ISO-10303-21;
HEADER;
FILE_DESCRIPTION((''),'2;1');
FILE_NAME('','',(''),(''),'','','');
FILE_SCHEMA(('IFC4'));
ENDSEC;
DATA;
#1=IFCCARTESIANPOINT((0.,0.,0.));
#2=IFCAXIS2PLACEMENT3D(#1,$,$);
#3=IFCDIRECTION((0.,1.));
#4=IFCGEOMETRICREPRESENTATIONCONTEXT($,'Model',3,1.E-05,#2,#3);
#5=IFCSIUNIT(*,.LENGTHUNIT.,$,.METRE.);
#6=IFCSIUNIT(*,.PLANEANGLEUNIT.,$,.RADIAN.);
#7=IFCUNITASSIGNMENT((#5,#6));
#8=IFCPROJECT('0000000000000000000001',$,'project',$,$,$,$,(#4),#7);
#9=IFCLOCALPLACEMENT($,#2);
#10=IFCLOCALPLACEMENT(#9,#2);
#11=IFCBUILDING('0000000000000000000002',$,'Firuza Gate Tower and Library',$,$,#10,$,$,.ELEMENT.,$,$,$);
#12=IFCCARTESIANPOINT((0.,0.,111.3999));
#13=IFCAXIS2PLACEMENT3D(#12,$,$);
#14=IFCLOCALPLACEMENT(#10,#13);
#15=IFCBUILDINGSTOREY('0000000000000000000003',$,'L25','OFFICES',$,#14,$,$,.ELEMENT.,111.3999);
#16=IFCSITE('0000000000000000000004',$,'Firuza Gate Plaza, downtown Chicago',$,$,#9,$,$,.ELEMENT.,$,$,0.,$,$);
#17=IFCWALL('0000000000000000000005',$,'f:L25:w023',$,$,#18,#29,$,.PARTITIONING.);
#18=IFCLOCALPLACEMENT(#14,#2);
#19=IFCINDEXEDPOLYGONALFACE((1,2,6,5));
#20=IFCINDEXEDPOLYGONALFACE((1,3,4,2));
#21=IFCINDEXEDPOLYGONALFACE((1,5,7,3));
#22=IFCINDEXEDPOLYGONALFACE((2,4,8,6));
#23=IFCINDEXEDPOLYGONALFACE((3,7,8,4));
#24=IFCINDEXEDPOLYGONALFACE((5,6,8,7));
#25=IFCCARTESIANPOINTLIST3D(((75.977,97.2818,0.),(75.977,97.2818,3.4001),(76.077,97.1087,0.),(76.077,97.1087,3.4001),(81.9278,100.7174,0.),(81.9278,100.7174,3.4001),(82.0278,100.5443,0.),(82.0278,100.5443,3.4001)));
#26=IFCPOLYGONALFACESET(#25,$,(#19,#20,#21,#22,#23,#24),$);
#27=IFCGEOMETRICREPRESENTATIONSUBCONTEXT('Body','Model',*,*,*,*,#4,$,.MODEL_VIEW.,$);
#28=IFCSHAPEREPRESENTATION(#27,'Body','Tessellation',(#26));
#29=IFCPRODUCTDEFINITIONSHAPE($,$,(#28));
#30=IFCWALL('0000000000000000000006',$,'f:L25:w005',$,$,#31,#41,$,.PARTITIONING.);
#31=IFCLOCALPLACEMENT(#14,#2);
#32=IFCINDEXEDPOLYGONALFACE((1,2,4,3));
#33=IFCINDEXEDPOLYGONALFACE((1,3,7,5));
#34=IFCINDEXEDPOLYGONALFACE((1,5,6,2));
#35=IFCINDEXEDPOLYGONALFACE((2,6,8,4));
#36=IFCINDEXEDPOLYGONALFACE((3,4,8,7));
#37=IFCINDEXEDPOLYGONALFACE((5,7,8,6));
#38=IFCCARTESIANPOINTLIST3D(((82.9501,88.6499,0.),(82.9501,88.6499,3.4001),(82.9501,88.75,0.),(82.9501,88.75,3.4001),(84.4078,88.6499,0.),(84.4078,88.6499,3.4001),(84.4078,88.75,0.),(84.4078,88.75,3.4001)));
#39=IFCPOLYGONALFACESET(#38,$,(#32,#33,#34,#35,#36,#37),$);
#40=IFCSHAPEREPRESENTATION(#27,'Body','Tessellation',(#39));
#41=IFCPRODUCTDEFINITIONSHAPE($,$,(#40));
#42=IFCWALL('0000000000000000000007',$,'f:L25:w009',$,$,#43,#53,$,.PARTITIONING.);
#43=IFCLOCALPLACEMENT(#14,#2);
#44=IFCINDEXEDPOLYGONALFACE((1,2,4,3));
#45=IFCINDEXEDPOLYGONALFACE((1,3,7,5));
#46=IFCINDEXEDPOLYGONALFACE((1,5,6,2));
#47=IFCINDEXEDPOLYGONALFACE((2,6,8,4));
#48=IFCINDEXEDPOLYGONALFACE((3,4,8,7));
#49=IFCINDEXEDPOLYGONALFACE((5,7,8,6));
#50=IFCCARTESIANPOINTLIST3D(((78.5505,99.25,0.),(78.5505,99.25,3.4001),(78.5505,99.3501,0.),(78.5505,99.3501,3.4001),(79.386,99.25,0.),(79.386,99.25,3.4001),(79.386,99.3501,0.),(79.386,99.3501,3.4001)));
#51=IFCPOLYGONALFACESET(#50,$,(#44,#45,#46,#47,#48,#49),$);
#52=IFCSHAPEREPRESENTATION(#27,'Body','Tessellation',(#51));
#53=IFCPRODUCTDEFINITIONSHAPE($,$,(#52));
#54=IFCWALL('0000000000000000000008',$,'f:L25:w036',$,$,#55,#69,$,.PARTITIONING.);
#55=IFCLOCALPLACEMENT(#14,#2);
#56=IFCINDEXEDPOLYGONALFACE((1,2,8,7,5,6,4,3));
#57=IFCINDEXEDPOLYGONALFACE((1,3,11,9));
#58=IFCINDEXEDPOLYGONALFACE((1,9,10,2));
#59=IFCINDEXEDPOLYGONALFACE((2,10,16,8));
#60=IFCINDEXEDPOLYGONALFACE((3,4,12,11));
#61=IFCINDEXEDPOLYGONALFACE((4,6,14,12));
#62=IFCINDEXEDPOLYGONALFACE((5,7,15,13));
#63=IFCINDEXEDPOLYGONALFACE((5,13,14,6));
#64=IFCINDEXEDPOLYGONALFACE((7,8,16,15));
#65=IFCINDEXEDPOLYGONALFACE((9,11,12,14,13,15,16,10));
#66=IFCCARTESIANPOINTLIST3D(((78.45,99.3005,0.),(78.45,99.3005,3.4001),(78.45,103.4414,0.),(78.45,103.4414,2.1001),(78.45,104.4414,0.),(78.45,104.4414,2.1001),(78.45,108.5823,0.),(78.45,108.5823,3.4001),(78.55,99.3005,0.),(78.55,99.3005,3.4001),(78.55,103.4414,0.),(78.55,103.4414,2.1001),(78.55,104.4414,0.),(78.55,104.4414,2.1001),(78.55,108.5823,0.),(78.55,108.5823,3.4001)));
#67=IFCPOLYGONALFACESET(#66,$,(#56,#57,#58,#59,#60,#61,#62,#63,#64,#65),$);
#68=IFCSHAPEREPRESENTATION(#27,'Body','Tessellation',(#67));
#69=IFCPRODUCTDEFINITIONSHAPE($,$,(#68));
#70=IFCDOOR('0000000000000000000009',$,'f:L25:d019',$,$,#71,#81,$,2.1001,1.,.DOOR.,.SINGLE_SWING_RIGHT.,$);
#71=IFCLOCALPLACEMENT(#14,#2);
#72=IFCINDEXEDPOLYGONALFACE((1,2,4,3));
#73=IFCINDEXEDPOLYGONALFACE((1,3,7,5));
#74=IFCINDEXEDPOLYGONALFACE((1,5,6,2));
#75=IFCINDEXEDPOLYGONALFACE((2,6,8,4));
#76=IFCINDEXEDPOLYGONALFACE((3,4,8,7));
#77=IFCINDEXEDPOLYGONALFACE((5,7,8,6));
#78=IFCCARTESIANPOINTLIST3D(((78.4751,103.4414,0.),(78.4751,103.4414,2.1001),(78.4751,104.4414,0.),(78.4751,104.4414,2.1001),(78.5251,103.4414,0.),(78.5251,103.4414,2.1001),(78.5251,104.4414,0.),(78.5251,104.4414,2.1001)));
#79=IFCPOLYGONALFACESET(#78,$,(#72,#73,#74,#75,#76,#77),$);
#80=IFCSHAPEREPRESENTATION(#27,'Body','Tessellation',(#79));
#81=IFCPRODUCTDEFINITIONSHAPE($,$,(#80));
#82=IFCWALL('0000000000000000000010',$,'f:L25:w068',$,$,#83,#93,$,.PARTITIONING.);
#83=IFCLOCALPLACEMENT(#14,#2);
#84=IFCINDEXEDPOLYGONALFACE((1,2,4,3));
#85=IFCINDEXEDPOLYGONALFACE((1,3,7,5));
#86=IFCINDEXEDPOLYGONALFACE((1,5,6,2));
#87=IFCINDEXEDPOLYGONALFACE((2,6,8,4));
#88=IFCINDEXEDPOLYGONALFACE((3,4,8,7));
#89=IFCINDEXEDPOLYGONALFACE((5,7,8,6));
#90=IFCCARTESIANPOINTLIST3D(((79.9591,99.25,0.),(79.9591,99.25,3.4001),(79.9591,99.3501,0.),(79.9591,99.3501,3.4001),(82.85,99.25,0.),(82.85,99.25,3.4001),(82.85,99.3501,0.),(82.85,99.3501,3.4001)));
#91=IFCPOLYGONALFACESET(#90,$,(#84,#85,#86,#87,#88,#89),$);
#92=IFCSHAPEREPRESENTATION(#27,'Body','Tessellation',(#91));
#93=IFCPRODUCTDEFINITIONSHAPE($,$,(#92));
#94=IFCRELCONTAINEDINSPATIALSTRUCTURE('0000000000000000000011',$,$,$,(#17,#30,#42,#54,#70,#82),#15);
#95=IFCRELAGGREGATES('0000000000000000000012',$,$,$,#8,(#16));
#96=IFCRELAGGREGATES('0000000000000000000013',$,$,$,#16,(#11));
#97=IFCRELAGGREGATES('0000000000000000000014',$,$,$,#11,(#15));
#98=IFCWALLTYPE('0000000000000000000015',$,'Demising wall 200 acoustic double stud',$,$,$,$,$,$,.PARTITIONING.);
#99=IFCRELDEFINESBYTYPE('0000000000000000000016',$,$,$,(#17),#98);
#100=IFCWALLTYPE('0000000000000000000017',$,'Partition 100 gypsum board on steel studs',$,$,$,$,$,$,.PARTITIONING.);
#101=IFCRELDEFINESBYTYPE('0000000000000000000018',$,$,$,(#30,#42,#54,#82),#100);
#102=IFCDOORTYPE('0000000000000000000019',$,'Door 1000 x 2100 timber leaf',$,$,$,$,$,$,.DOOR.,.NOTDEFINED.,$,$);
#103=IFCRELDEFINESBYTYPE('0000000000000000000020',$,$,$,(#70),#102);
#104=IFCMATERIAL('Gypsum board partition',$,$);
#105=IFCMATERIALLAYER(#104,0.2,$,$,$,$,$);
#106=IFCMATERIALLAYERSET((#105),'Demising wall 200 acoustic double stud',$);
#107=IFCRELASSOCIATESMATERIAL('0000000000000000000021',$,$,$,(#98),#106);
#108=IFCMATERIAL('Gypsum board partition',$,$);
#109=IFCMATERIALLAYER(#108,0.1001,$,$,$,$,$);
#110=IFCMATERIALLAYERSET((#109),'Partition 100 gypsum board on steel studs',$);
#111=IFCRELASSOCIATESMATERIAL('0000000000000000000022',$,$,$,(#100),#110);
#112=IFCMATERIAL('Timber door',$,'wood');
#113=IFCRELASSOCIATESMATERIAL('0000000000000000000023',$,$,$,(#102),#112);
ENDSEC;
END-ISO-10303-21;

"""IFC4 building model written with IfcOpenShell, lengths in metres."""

from ifc_helpers import new_model, si_unit, direction, frame, frame_2d, origin, place, context, subcontext, project, spatial, rectangle, extrude, material, layer, layer_set, type_object, element, fill, save


model = new_model("IFC4")

# Units and contexts
model_context = context("Model", 3, precision=1e-05, world=origin(), true_north=direction((0.0, 1.0)))
body_context = subcontext(model_context, "Body", "Model", "MODEL_VIEW")
ifc_project = project(units=[si_unit("LENGTHUNIT", "METRE"), si_unit("PLANEANGLEUNIT", "RADIAN")], contexts=[model_context])

# Site, building, storey
site_placement = place(None, origin())
site = spatial("IfcSite", under=ifc_project, at=site_placement, Name="Firuza Gate Plaza, downtown Chicago", CompositionType="ELEMENT", RefElevation=0.0)
building_placement = place(site_placement, origin())
building = spatial("IfcBuilding", under=site, at=building_placement, Name="Firuza Gate Tower and Library", CompositionType="ELEMENT")
storey_placement = place(building_placement, frame((0.0, 0.0, 111.3999)))
storey = spatial("IfcBuildingStorey", under=building, at=storey_placement, Name="L25", Description="OFFICES", CompositionType="ELEMENT", Elevation=111.3999)

# Walls
ifc_material_1 = material(Name="Gypsum board partition")
ifc_layer_1 = layer(ifc_material_1, 0.2)
ifc_layer_set_1 = layer_set([ifc_layer_1], Name="Demising wall 200 acoustic double stud")
wall_type_1 = type_object("IfcWallType", Name="Demising wall 200 acoustic double stud", PredefinedType="PARTITIONING", material=ifc_layer_set_1)
wall_1_placement = place(storey_placement, frame((76.0271, 97.1953, 0.0), z_axis=(0.0, 0.0, 1.0), x_axis=(0.866031, 0.499991, 0.0)))
element("IfcWall", 1, at=wall_1_placement, inside=storey, type_object=wall_type_1, Name="f:L25:w023", PredefinedType="PARTITIONING", context=body_context, shape_type="SweptSolid", body=[
    extrude(rectangle(XDim=6.8713, YDim=0.2, at=frame_2d((3.4355, 0.0))), origin(), (0.0, 0.0, 1.0), 3.4001),
])
ifc_material_2 = material(Name="Gypsum board partition")
ifc_layer_2 = layer(ifc_material_2, 0.1001)
ifc_layer_set_2 = layer_set([ifc_layer_2], Name="Partition 100 gypsum board on steel studs")
wall_type_2 = type_object("IfcWallType", Name="Partition 100 gypsum board on steel studs", PredefinedType="PARTITIONING", material=ifc_layer_set_2)
wall_2_placement = place(storey_placement, frame((82.95, 88.7, 0.0), z_axis=(0.0, 0.0, 1.0), x_axis=(1.0, 0.0, 0.0)))
element("IfcWall", 2, at=wall_2_placement, inside=storey, type_object=wall_type_2, Name="f:L25:w005", PredefinedType="PARTITIONING", context=body_context, shape_type="SweptSolid", body=[
    extrude(rectangle(XDim=1.4578, YDim=0.1001, at=frame_2d((0.729, 0.0))), origin(), (0.0, 0.0, 1.0), 3.4001),
])
wall_3_placement = place(storey_placement, frame((78.5505, 99.3, 0.0), z_axis=(0.0, 0.0, 1.0), x_axis=(1.0, 0.0, 0.0)))
element("IfcWall", 3, at=wall_3_placement, inside=storey, type_object=wall_type_2, Name="f:L25:w009", PredefinedType="PARTITIONING", context=body_context, shape_type="SweptSolid", body=[
    extrude(rectangle(XDim=0.8354, YDim=0.1001, at=frame_2d((0.4177, 0.0))), origin(), (0.0, 0.0, 1.0), 3.4001),
])

# Wall, opening, door
wall_4_placement = place(storey_placement, frame((78.5, 99.3005, 0.0), z_axis=(0.0, 0.0, 1.0), x_axis=(0.0, 1.0, 0.0)))
wall_4 = element("IfcWall", 4, at=wall_4_placement, inside=storey, type_object=wall_type_2, Name="f:L25:w036", PredefinedType="PARTITIONING", context=body_context, shape_type="SweptSolid", body=[
    extrude(rectangle(XDim=9.2817, YDim=0.1001, at=frame_2d((4.6409, 0.0))), origin(), (0.0, 0.0, 1.0), 3.4001),
])
opening_1_placement = place(wall_4_placement, frame((4.1409, 0.0, 0.0)))
opening_1 = element("IfcOpeningElement", 5, at=opening_1_placement, cuts=wall_4, PredefinedType="OPENING", context=body_context, shape_type="SweptSolid", body=[
    extrude(rectangle(XDim=1.0, YDim=2.1001, at=frame_2d((0.5, 1.05))), frame((0.0, 0.0601, 0.0), z_axis=(0.0, -1.0, 0.0), x_axis=(1.0, 0.0, 0.0)), (0.0, 0.0, 1.0), 0.1201),
])
ifc_material_3 = material(Name="Timber door", Category="wood")
door_type_1 = type_object("IfcDoorType", Name="Door 1000 x 2100 timber leaf", OperationType="NOTDEFINED", PredefinedType="DOOR", material=ifc_material_3)
door_1_placement = place(opening_1_placement, origin())
door_1 = element("IfcDoor", 6, at=door_1_placement, inside=storey, type_object=door_type_1, Name="f:L25:d019", OperationType="SINGLE_SWING_RIGHT", OverallHeight=2.1001, OverallWidth=1.0, PredefinedType="DOOR", context=body_context, shape_type="SweptSolid", body=[
    extrude(rectangle(XDim=1.0, YDim=2.1001, at=frame_2d((0.5, 1.05))), frame((0.0, 0.0249, 0.0), z_axis=(0.0, -1.0, 0.0), x_axis=(1.0, 0.0, 0.0)), (0.0, 0.0, 1.0), 0.05),
])
fill(opening_1, door_1)

# Wall
wall_5_placement = place(storey_placement, frame((79.9592, 99.3, 0.0), z_axis=(0.0, 0.0, 1.0), x_axis=(1.0, 0.0, 0.0)))
element("IfcWall", 7, at=wall_5_placement, inside=storey, type_object=wall_type_2, Name="f:L25:w068", PredefinedType="PARTITIONING", context=body_context, shape_type="SweptSolid", body=[
    extrude(rectangle(XDim=2.8909, YDim=0.1001, at=frame_2d((1.4453, 0.0))), origin(), (0.0, 0.0, 1.0), 3.4001),
])

save(model, "model.ifc")
